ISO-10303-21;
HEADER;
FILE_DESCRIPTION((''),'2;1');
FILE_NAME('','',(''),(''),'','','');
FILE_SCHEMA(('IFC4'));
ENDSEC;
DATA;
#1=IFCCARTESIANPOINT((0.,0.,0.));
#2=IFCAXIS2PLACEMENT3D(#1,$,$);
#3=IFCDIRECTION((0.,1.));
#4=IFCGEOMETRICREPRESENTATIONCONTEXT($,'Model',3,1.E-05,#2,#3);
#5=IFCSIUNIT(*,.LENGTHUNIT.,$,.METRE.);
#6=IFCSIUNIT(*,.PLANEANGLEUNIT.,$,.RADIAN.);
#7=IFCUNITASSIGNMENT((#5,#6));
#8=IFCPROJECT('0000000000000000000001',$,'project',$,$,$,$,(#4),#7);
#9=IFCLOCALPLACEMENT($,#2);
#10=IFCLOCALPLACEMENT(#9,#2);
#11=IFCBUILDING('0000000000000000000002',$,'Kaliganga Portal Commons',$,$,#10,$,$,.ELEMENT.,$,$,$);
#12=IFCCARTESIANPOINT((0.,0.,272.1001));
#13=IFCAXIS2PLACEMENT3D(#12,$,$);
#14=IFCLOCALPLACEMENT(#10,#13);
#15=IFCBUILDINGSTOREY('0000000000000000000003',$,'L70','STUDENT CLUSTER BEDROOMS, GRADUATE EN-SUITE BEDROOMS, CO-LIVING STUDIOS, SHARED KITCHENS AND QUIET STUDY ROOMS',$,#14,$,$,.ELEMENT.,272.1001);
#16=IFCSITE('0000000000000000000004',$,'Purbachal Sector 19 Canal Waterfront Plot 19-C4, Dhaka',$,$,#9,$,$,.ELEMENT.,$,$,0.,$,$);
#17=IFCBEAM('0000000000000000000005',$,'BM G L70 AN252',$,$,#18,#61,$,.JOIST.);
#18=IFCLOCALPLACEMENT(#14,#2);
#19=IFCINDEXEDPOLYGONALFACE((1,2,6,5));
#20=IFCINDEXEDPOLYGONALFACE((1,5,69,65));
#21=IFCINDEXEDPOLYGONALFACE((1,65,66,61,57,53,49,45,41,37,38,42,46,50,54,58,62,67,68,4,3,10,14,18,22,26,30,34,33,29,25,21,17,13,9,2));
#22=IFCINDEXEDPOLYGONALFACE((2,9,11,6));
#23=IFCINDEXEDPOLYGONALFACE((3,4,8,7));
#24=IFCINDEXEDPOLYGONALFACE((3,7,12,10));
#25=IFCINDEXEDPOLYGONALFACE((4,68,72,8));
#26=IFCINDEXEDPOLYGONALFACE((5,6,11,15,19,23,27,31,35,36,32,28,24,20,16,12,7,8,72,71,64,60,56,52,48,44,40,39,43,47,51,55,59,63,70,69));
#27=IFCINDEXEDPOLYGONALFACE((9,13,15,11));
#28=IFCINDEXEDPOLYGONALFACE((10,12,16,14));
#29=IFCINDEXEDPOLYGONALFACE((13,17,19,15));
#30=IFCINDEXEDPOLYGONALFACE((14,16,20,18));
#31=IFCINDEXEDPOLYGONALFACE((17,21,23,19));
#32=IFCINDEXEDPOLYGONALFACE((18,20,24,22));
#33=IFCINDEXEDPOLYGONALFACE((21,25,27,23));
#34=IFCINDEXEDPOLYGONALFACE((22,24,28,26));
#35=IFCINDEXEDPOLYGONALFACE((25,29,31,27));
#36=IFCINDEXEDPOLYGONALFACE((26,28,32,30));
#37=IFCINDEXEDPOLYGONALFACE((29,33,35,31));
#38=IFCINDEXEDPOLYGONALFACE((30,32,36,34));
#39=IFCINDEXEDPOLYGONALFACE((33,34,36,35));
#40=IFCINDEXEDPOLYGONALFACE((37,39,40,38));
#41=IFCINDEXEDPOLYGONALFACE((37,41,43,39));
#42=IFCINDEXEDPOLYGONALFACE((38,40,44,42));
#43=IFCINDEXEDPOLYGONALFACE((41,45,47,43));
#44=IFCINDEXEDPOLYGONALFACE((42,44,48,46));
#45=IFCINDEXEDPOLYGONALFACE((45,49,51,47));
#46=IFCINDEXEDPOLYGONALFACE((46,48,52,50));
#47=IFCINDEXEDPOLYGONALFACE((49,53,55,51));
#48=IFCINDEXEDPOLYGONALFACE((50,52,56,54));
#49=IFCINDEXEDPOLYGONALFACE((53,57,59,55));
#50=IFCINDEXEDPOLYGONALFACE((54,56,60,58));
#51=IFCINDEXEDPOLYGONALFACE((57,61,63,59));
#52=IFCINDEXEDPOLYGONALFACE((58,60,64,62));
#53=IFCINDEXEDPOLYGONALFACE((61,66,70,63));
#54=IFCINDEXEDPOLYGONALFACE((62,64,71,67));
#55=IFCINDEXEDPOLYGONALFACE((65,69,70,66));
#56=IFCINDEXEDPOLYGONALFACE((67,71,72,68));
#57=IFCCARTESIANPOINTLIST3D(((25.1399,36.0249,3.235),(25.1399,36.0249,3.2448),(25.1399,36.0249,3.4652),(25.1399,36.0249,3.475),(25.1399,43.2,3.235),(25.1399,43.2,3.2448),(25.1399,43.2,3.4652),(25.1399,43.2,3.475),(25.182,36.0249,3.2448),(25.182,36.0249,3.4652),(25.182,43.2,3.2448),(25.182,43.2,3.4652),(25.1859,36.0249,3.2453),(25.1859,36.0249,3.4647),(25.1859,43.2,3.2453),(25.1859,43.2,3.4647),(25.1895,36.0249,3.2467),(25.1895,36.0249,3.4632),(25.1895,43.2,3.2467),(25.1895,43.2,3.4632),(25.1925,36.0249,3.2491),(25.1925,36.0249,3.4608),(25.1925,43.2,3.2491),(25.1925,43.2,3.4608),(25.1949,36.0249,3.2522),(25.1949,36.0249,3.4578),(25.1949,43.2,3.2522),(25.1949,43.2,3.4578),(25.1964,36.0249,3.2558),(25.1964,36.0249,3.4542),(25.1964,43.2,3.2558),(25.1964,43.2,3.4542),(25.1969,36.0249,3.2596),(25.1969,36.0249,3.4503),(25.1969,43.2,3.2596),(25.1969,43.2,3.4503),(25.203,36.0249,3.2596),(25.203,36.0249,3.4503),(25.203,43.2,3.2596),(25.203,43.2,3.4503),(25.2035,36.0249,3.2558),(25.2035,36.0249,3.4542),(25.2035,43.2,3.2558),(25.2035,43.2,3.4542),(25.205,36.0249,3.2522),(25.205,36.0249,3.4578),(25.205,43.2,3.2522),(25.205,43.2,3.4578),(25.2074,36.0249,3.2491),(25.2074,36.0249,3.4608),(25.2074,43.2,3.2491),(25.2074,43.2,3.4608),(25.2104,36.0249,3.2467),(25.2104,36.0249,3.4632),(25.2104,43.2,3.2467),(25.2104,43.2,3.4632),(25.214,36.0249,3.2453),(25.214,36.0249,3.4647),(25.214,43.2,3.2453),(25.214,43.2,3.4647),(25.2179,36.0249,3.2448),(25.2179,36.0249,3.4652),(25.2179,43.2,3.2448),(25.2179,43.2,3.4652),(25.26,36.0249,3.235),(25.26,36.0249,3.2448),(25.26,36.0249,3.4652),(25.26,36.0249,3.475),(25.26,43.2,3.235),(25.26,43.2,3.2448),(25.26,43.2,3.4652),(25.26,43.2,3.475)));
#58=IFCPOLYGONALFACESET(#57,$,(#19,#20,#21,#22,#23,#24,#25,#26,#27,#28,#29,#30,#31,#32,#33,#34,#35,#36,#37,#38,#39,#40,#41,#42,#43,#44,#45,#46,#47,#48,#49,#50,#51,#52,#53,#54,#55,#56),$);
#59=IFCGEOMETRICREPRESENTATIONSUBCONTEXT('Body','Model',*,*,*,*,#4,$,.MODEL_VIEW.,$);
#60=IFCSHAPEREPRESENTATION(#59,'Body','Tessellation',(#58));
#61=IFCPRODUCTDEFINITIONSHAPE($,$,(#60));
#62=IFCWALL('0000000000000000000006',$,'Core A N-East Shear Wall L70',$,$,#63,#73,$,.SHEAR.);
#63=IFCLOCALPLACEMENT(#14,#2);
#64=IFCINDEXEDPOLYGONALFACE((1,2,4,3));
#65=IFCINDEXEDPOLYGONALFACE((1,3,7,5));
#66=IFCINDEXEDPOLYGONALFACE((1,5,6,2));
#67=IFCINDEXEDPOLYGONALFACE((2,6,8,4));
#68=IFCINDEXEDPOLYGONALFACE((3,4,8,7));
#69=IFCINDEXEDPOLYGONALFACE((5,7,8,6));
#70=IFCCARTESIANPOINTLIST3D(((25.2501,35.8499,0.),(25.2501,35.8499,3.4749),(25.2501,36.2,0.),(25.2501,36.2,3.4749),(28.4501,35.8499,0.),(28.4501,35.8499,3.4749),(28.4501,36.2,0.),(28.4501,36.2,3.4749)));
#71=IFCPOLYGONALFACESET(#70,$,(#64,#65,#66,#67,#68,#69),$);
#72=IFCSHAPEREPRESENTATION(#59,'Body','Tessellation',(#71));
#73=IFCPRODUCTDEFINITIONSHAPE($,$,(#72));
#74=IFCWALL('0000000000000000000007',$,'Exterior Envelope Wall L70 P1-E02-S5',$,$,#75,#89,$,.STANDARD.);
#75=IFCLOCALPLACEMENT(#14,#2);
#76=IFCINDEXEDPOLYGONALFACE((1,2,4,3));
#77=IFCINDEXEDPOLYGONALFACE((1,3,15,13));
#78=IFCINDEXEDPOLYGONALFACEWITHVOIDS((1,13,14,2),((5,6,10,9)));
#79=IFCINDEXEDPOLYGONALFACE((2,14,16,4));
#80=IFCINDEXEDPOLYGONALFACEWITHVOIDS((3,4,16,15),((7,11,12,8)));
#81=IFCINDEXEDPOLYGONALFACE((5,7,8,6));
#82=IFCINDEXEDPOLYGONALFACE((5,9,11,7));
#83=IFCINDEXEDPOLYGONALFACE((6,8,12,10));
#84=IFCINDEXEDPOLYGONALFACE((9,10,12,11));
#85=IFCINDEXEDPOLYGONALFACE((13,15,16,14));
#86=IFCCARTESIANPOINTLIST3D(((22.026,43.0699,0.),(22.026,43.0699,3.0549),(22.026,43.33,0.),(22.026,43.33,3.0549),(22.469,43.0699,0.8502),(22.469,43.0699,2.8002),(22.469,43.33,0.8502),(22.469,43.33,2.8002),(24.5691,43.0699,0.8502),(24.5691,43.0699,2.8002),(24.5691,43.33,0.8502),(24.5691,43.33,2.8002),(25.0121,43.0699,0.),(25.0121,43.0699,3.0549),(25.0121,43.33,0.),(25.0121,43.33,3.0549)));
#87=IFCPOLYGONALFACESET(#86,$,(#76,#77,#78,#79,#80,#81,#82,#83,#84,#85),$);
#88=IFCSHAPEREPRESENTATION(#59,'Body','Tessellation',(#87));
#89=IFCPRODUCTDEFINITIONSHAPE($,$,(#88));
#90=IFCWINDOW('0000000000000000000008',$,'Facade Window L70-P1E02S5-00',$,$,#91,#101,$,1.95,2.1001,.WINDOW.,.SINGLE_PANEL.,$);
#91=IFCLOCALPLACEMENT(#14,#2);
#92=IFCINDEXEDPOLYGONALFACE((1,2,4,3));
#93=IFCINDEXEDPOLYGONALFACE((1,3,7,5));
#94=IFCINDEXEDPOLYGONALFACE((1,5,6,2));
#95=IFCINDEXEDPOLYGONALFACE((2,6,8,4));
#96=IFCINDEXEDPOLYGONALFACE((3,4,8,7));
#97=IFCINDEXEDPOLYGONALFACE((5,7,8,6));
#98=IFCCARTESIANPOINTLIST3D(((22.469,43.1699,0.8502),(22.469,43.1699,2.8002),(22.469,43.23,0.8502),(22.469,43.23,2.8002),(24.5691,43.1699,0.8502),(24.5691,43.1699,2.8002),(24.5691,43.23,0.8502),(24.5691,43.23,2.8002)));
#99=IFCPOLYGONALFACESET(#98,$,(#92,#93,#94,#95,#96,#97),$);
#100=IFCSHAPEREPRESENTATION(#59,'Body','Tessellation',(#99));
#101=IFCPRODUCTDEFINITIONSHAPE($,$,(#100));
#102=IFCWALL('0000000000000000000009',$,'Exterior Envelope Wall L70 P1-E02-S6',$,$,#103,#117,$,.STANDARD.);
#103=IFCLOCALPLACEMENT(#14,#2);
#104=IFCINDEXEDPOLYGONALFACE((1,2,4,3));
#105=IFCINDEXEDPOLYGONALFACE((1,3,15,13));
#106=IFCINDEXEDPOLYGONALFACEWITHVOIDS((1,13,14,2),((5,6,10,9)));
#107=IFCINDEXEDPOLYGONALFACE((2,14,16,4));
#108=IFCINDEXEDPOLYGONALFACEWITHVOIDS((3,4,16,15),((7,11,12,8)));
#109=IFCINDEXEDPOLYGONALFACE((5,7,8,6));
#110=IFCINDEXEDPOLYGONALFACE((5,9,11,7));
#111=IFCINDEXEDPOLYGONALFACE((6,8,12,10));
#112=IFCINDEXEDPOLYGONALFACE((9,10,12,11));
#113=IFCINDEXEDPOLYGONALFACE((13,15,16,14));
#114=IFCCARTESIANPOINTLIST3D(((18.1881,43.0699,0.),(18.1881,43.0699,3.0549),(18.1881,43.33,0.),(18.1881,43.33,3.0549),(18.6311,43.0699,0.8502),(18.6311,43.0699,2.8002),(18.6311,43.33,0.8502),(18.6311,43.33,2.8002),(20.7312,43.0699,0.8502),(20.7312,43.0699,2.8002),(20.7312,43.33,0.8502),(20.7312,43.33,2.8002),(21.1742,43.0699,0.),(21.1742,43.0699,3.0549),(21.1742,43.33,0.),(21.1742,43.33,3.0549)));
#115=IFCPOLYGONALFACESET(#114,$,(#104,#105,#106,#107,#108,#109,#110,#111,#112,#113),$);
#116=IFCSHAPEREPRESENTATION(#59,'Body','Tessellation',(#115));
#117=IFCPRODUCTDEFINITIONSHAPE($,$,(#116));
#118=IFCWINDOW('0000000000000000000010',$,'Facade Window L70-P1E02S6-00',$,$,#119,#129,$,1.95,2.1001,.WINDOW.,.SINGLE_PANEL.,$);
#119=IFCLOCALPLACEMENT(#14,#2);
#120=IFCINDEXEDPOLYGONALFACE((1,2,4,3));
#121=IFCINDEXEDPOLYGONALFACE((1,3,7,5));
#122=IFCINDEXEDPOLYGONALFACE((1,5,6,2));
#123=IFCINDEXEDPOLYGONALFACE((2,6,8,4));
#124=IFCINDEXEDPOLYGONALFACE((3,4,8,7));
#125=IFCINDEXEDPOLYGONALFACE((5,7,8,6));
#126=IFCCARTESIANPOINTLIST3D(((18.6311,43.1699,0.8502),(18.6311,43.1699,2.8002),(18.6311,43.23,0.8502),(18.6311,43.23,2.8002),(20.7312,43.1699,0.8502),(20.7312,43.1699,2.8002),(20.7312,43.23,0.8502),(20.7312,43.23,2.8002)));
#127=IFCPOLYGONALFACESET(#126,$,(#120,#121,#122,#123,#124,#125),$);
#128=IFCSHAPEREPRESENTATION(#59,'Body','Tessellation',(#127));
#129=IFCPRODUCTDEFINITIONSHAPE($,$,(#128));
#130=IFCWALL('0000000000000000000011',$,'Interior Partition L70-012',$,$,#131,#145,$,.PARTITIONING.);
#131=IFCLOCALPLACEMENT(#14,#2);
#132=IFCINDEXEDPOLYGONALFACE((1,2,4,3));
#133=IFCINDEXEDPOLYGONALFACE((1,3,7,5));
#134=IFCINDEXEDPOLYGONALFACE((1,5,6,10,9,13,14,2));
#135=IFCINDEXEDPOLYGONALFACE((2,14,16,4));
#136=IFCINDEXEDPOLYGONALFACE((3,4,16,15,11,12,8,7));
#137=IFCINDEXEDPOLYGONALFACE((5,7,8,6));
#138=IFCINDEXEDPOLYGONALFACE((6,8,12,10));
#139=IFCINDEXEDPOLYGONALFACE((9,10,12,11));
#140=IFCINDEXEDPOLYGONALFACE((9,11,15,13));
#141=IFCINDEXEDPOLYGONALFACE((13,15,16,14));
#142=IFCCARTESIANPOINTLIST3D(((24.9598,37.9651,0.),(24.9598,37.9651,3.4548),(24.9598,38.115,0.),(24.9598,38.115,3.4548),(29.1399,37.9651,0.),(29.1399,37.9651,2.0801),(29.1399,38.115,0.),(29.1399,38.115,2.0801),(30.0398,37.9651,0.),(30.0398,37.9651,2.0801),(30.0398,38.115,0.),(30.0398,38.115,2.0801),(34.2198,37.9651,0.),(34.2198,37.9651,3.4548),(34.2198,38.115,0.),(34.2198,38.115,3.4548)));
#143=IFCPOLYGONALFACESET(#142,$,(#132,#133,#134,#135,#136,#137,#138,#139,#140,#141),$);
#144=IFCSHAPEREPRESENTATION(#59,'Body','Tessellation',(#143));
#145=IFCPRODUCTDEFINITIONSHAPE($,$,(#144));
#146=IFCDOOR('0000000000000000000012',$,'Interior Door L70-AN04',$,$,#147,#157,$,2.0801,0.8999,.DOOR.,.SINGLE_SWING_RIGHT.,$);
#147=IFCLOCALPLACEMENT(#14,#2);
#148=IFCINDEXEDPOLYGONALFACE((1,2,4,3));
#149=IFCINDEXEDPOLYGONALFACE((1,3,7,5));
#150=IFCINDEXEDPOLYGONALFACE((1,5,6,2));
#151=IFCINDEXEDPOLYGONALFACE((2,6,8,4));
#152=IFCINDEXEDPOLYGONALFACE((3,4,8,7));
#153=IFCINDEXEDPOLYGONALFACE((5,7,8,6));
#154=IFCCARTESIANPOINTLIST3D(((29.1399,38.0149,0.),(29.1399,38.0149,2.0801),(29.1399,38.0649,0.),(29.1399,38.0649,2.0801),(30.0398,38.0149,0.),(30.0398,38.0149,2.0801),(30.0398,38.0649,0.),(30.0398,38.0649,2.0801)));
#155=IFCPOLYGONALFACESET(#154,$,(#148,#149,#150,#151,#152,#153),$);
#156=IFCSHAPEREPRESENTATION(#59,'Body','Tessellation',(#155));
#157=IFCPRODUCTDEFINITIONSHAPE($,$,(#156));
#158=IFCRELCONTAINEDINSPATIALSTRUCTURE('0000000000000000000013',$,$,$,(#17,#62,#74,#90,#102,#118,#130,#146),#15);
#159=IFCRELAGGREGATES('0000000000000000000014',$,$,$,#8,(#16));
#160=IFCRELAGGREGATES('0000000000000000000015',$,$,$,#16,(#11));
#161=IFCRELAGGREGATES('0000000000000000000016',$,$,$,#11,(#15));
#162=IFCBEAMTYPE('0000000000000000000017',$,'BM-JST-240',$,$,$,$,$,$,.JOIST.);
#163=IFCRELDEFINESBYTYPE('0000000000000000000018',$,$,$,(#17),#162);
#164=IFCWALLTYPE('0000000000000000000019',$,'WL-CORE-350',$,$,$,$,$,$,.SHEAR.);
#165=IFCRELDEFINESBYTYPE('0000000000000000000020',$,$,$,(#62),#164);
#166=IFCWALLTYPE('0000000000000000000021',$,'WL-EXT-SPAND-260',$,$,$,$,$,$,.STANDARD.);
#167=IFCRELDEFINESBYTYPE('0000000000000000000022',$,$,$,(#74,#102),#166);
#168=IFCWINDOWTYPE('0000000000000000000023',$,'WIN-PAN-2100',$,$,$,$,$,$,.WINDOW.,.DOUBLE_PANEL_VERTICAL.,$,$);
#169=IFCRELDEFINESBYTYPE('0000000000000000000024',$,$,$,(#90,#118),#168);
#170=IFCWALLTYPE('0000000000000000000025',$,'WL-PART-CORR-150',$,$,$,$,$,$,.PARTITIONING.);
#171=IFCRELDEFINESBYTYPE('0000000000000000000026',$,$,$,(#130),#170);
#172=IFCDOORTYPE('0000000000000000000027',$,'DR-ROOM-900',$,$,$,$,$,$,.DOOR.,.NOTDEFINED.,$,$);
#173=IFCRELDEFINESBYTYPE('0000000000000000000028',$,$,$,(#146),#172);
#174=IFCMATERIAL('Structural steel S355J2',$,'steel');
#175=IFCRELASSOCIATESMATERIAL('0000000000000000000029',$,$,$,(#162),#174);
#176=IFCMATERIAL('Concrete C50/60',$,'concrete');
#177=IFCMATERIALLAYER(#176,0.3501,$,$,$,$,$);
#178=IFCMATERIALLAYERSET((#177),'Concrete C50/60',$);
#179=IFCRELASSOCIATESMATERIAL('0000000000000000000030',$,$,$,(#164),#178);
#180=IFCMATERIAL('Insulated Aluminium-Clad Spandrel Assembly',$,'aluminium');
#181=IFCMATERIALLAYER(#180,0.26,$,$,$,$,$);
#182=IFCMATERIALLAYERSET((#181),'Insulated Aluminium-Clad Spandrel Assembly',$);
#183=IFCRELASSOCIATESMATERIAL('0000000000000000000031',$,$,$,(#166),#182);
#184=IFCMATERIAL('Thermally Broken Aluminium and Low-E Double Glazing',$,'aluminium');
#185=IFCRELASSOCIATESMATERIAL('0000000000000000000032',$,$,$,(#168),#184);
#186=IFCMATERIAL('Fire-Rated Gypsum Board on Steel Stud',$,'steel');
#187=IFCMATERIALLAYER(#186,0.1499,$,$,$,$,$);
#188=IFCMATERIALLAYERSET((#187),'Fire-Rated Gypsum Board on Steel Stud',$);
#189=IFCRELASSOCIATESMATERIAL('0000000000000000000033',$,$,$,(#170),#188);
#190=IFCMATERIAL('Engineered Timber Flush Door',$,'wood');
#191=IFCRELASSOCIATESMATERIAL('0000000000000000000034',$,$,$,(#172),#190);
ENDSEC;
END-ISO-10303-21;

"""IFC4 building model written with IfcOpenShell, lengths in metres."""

from ifc_helpers import new_model, si_unit, direction, frame, frame_2d, origin, origin_2d, place, context, subcontext, project, spatial, rectangle, i_section, extrude, source, transform, mapped, material, layer, layer_set, material_profile, profile_set, type_object, element, fill, save


model = new_model("IFC4")

# Units and contexts
model_context = context("Model", 3, precision=1e-05, world=origin(), true_north=direction((0.0, 1.0)))
body_context = subcontext(model_context, "Body", "Model", "MODEL_VIEW")
ifc_project = project(units=[si_unit("LENGTHUNIT", "METRE"), si_unit("PLANEANGLEUNIT", "RADIAN")], contexts=[model_context])

# Site, building, storey
site_placement = place(None, origin())
site = spatial("IfcSite", under=ifc_project, at=site_placement, Name="Purbachal Sector 19 Canal Waterfront Plot 19-C4, Dhaka", CompositionType="ELEMENT", RefElevation=0.0)
building_placement = place(site_placement, origin())
building = spatial("IfcBuilding", under=site, at=building_placement, Name="Kaliganga Portal Commons", CompositionType="ELEMENT")
storey_placement = place(building_placement, frame((0.0, 0.0, 272.1001)))
storey = spatial("IfcBuildingStorey", under=building, at=storey_placement, Name="L70", Description="STUDENT CLUSTER BEDROOMS, GRADUATE EN-SUITE BEDROOMS, CO-LIVING STUDIOS, SHARED KITCHENS AND QUIET STUDY ROOMS", CompositionType="ELEMENT", Elevation=272.1001)

# Shared definitions
ifc_material_1 = material(Name="Concrete C50/60", Category="concrete")
ifc_material_2 = material(Name="Structural steel S355J2", Category="steel")

# Beam
ifc_material_profile_1 = material_profile(ifc_material_2, i_section(OverallWidth=0.1201, OverallDepth=0.24, WebThickness=0.0061, FlangeThickness=0.0098, FilletRadius=0.0149, at=origin_2d()), Name="IPE 240")
ifc_profile_set_1 = profile_set([ifc_material_profile_1], Name="Structural steel S355J2 wide-flange")
beam_type_1 = type_object("IfcBeamType", Name="BM-JST-240", PredefinedType="JOIST", material=ifc_profile_set_1)
shared_shape_1 = source(origin(), body_context, "Body", "SweptSolid", [
    extrude(i_section(OverallWidth=0.1201, OverallDepth=0.24, WebThickness=0.0061, FlangeThickness=0.0098, FilletRadius=0.0149, at=origin_2d()), origin(), (0.0, 0.0, 1.0), 7.175),
])
beam_1_placement = place(storey_placement, frame((25.2, 36.0249, 3.355), z_axis=(0.0, 1.0, 0.0), x_axis=(-1.0, 0.0, 0.0)))
element("IfcBeam", 1, at=beam_1_placement, inside=storey, type_object=beam_type_1, Name="BM G L70 AN252", PredefinedType="JOIST", context=body_context, shape_type="MappedRepresentation", body=[
    mapped(shared_shape_1, transform((0.0, 0.0, 0.0), x_axis=(1.0, 0.0, 0.0), y_axis=(0.0, 1.0, 0.0), z_axis=(0.0, 0.0, 1.0), scale=1.0)),
])

# Wall
ifc_layer_1 = layer(ifc_material_1, 0.3501)
ifc_layer_set_1 = layer_set([ifc_layer_1], Name="Concrete C50/60")
wall_type_1 = type_object("IfcWallType", Name="WL-CORE-350", PredefinedType="SHEAR", material=ifc_layer_set_1)
wall_1_placement = place(storey_placement, frame((25.25, 36.0249, 0.0), z_axis=(0.0, 0.0, 1.0), x_axis=(1.0, 0.0, 0.0)))
element("IfcWall", 2, at=wall_1_placement, inside=storey, type_object=wall_type_1, Name="Core A N-East Shear Wall L70", PredefinedType="SHEAR", context=body_context, shape_type="SweptSolid", body=[
    extrude(rectangle(XDim=3.2, YDim=0.3501, at=frame_2d((1.6001, 0.0))), origin(), (0.0, 0.0, 1.0), 3.4749),
])

# Walls, openings, windows
ifc_material_3 = material(Name="Insulated Aluminium-Clad Spandrel Assembly", Category="aluminium")
ifc_layer_2 = layer(ifc_material_3, 0.26)
ifc_layer_set_2 = layer_set([ifc_layer_2], Name="Insulated Aluminium-Clad Spandrel Assembly")
wall_type_2 = type_object("IfcWallType", Name="WL-EXT-SPAND-260", PredefinedType="STANDARD", material=ifc_layer_set_2)
wall_2_placement = place(storey_placement, frame((22.0259, 43.2, 0.0), z_axis=(0.0, 0.0, 1.0), x_axis=(1.0, 0.0, 0.0)))
wall_2 = element("IfcWall", 3, at=wall_2_placement, inside=storey, type_object=wall_type_2, Name="Exterior Envelope Wall L70 P1-E02-S5", PredefinedType="STANDARD", context=body_context, shape_type="SweptSolid", body=[
    extrude(rectangle(XDim=2.9861, YDim=0.26, at=frame_2d((1.4932, 0.0))), origin(), (0.0, 0.0, 1.0), 3.0549),
])
opening_1_placement = place(wall_2_placement, frame((0.4431, 0.0, 0.8501)))
opening_1 = element("IfcOpeningElement", 4, at=opening_1_placement, cuts=wall_2, PredefinedType="OPENING", context=body_context, shape_type="SweptSolid", body=[
    extrude(rectangle(XDim=2.1001, YDim=1.95, at=frame_2d((1.05, 0.9751))), frame((0.0, 0.1401, 0.0), z_axis=(0.0, -1.0, 0.0), x_axis=(1.0, 0.0, 0.0)), (0.0, 0.0, 1.0), 0.28),
])
ifc_material_4 = material(Name="Thermally Broken Aluminium and Low-E Double Glazing", Category="aluminium")
window_type = type_object("IfcWindowType", Name="WIN-PAN-2100", PartitioningType="DOUBLE_PANEL_VERTICAL", PredefinedType="WINDOW", material=ifc_material_4)
window_1_placement = place(opening_1_placement, origin())
window_1 = element("IfcWindow", 5, at=window_1_placement, inside=storey, type_object=window_type, Name="Facade Window L70-P1E02S5-00", OverallHeight=1.95, OverallWidth=2.1001, PartitioningType="SINGLE_PANEL", PredefinedType="WINDOW", context=body_context, shape_type="SweptSolid", body=[
    extrude(rectangle(XDim=2.1001, YDim=1.95, at=frame_2d((1.05, 0.9751))), frame((0.0, 0.03, 0.0), z_axis=(0.0, -1.0, 0.0), x_axis=(1.0, 0.0, 0.0)), (0.0, 0.0, 1.0), 0.0601),
])
fill(opening_1, window_1)
wall_3_placement = place(storey_placement, frame((18.188, 43.2, 0.0), z_axis=(0.0, 0.0, 1.0), x_axis=(1.0, 0.0, 0.0)))
wall_3 = element("IfcWall", 6, at=wall_3_placement, inside=storey, type_object=wall_type_2, Name="Exterior Envelope Wall L70 P1-E02-S6", PredefinedType="STANDARD", context=body_context, shape_type="SweptSolid", body=[
    extrude(rectangle(XDim=2.9861, YDim=0.26, at=frame_2d((1.4932, 0.0))), origin(), (0.0, 0.0, 1.0), 3.0549),
])
opening_2_placement = place(wall_3_placement, frame((0.4431, 0.0, 0.8501)))
opening_2 = element("IfcOpeningElement", 7, at=opening_2_placement, cuts=wall_3, PredefinedType="OPENING", context=body_context, shape_type="SweptSolid", body=[
    extrude(rectangle(XDim=2.1001, YDim=1.95, at=frame_2d((1.05, 0.9751))), frame((0.0, 0.1401, 0.0), z_axis=(0.0, -1.0, 0.0), x_axis=(1.0, 0.0, 0.0)), (0.0, 0.0, 1.0), 0.28),
])
window_2_placement = place(opening_2_placement, origin())
window_2 = element("IfcWindow", 8, at=window_2_placement, inside=storey, type_object=window_type, Name="Facade Window L70-P1E02S6-00", OverallHeight=1.95, OverallWidth=2.1001, PartitioningType="SINGLE_PANEL", PredefinedType="WINDOW", context=body_context, shape_type="SweptSolid", body=[
    extrude(rectangle(XDim=2.1001, YDim=1.95, at=frame_2d((1.05, 0.9751))), frame((0.0, 0.03, 0.0), z_axis=(0.0, -1.0, 0.0), x_axis=(1.0, 0.0, 0.0)), (0.0, 0.0, 1.0), 0.0601),
])
fill(opening_2, window_2)

# Wall, opening, door
ifc_material_5 = material(Name="Fire-Rated Gypsum Board on Steel Stud", Category="steel")
ifc_layer_3 = layer(ifc_material_5, 0.1499)
ifc_layer_set_3 = layer_set([ifc_layer_3], Name="Fire-Rated Gypsum Board on Steel Stud")
wall_type_3 = type_object("IfcWallType", Name="WL-PART-CORR-150", PredefinedType="PARTITIONING", material=ifc_layer_set_3)
wall_4_placement = place(storey_placement, frame((24.96, 38.04, 0.0), z_axis=(0.0, 0.0, 1.0), x_axis=(1.0, 0.0, 0.0)))
wall_4 = element("IfcWall", 9, at=wall_4_placement, inside=storey, type_object=wall_type_3, Name="Interior Partition L70-012", PredefinedType="PARTITIONING", context=body_context, shape_type="SweptSolid", body=[
    extrude(rectangle(XDim=9.26, YDim=0.1499, at=frame_2d((4.6299, 0.0))), origin(), (0.0, 0.0, 1.0), 3.4548),
])
opening_3_placement = place(wall_4_placement, frame((4.1799, 0.0, 0.0)))
opening_3 = element("IfcOpeningElement", 10, at=opening_3_placement, cuts=wall_4, PredefinedType="OPENING", context=body_context, shape_type="SweptSolid", body=[
    extrude(rectangle(XDim=0.8999, YDim=2.0801, at=frame_2d((0.45, 1.04))), frame((0.0, 0.085, 0.0), z_axis=(0.0, -1.0, 0.0), x_axis=(1.0, 0.0, 0.0)), (0.0, 0.0, 1.0), 0.1699),
])
ifc_material_6 = material(Name="Engineered Timber Flush Door", Category="wood")
door_type_1 = type_object("IfcDoorType", Name="DR-ROOM-900", OperationType="NOTDEFINED", PredefinedType="DOOR", material=ifc_material_6)
door_1_placement = place(opening_3_placement, origin())
door_1 = element("IfcDoor", 11, at=door_1_placement, inside=storey, type_object=door_type_1, Name="Interior Door L70-AN04", OperationType="SINGLE_SWING_RIGHT", OverallHeight=2.0801, OverallWidth=0.8999, PredefinedType="DOOR", context=body_context, shape_type="SweptSolid", body=[
    extrude(rectangle(XDim=0.8999, YDim=2.0801, at=frame_2d((0.45, 1.04))), frame((0.0, 0.0249, 0.0), z_axis=(0.0, -1.0, 0.0), x_axis=(1.0, 0.0, 0.0)), (0.0, 0.0, 1.0), 0.05),
])
fill(opening_3, door_1)

save(model, "model.ifc")
